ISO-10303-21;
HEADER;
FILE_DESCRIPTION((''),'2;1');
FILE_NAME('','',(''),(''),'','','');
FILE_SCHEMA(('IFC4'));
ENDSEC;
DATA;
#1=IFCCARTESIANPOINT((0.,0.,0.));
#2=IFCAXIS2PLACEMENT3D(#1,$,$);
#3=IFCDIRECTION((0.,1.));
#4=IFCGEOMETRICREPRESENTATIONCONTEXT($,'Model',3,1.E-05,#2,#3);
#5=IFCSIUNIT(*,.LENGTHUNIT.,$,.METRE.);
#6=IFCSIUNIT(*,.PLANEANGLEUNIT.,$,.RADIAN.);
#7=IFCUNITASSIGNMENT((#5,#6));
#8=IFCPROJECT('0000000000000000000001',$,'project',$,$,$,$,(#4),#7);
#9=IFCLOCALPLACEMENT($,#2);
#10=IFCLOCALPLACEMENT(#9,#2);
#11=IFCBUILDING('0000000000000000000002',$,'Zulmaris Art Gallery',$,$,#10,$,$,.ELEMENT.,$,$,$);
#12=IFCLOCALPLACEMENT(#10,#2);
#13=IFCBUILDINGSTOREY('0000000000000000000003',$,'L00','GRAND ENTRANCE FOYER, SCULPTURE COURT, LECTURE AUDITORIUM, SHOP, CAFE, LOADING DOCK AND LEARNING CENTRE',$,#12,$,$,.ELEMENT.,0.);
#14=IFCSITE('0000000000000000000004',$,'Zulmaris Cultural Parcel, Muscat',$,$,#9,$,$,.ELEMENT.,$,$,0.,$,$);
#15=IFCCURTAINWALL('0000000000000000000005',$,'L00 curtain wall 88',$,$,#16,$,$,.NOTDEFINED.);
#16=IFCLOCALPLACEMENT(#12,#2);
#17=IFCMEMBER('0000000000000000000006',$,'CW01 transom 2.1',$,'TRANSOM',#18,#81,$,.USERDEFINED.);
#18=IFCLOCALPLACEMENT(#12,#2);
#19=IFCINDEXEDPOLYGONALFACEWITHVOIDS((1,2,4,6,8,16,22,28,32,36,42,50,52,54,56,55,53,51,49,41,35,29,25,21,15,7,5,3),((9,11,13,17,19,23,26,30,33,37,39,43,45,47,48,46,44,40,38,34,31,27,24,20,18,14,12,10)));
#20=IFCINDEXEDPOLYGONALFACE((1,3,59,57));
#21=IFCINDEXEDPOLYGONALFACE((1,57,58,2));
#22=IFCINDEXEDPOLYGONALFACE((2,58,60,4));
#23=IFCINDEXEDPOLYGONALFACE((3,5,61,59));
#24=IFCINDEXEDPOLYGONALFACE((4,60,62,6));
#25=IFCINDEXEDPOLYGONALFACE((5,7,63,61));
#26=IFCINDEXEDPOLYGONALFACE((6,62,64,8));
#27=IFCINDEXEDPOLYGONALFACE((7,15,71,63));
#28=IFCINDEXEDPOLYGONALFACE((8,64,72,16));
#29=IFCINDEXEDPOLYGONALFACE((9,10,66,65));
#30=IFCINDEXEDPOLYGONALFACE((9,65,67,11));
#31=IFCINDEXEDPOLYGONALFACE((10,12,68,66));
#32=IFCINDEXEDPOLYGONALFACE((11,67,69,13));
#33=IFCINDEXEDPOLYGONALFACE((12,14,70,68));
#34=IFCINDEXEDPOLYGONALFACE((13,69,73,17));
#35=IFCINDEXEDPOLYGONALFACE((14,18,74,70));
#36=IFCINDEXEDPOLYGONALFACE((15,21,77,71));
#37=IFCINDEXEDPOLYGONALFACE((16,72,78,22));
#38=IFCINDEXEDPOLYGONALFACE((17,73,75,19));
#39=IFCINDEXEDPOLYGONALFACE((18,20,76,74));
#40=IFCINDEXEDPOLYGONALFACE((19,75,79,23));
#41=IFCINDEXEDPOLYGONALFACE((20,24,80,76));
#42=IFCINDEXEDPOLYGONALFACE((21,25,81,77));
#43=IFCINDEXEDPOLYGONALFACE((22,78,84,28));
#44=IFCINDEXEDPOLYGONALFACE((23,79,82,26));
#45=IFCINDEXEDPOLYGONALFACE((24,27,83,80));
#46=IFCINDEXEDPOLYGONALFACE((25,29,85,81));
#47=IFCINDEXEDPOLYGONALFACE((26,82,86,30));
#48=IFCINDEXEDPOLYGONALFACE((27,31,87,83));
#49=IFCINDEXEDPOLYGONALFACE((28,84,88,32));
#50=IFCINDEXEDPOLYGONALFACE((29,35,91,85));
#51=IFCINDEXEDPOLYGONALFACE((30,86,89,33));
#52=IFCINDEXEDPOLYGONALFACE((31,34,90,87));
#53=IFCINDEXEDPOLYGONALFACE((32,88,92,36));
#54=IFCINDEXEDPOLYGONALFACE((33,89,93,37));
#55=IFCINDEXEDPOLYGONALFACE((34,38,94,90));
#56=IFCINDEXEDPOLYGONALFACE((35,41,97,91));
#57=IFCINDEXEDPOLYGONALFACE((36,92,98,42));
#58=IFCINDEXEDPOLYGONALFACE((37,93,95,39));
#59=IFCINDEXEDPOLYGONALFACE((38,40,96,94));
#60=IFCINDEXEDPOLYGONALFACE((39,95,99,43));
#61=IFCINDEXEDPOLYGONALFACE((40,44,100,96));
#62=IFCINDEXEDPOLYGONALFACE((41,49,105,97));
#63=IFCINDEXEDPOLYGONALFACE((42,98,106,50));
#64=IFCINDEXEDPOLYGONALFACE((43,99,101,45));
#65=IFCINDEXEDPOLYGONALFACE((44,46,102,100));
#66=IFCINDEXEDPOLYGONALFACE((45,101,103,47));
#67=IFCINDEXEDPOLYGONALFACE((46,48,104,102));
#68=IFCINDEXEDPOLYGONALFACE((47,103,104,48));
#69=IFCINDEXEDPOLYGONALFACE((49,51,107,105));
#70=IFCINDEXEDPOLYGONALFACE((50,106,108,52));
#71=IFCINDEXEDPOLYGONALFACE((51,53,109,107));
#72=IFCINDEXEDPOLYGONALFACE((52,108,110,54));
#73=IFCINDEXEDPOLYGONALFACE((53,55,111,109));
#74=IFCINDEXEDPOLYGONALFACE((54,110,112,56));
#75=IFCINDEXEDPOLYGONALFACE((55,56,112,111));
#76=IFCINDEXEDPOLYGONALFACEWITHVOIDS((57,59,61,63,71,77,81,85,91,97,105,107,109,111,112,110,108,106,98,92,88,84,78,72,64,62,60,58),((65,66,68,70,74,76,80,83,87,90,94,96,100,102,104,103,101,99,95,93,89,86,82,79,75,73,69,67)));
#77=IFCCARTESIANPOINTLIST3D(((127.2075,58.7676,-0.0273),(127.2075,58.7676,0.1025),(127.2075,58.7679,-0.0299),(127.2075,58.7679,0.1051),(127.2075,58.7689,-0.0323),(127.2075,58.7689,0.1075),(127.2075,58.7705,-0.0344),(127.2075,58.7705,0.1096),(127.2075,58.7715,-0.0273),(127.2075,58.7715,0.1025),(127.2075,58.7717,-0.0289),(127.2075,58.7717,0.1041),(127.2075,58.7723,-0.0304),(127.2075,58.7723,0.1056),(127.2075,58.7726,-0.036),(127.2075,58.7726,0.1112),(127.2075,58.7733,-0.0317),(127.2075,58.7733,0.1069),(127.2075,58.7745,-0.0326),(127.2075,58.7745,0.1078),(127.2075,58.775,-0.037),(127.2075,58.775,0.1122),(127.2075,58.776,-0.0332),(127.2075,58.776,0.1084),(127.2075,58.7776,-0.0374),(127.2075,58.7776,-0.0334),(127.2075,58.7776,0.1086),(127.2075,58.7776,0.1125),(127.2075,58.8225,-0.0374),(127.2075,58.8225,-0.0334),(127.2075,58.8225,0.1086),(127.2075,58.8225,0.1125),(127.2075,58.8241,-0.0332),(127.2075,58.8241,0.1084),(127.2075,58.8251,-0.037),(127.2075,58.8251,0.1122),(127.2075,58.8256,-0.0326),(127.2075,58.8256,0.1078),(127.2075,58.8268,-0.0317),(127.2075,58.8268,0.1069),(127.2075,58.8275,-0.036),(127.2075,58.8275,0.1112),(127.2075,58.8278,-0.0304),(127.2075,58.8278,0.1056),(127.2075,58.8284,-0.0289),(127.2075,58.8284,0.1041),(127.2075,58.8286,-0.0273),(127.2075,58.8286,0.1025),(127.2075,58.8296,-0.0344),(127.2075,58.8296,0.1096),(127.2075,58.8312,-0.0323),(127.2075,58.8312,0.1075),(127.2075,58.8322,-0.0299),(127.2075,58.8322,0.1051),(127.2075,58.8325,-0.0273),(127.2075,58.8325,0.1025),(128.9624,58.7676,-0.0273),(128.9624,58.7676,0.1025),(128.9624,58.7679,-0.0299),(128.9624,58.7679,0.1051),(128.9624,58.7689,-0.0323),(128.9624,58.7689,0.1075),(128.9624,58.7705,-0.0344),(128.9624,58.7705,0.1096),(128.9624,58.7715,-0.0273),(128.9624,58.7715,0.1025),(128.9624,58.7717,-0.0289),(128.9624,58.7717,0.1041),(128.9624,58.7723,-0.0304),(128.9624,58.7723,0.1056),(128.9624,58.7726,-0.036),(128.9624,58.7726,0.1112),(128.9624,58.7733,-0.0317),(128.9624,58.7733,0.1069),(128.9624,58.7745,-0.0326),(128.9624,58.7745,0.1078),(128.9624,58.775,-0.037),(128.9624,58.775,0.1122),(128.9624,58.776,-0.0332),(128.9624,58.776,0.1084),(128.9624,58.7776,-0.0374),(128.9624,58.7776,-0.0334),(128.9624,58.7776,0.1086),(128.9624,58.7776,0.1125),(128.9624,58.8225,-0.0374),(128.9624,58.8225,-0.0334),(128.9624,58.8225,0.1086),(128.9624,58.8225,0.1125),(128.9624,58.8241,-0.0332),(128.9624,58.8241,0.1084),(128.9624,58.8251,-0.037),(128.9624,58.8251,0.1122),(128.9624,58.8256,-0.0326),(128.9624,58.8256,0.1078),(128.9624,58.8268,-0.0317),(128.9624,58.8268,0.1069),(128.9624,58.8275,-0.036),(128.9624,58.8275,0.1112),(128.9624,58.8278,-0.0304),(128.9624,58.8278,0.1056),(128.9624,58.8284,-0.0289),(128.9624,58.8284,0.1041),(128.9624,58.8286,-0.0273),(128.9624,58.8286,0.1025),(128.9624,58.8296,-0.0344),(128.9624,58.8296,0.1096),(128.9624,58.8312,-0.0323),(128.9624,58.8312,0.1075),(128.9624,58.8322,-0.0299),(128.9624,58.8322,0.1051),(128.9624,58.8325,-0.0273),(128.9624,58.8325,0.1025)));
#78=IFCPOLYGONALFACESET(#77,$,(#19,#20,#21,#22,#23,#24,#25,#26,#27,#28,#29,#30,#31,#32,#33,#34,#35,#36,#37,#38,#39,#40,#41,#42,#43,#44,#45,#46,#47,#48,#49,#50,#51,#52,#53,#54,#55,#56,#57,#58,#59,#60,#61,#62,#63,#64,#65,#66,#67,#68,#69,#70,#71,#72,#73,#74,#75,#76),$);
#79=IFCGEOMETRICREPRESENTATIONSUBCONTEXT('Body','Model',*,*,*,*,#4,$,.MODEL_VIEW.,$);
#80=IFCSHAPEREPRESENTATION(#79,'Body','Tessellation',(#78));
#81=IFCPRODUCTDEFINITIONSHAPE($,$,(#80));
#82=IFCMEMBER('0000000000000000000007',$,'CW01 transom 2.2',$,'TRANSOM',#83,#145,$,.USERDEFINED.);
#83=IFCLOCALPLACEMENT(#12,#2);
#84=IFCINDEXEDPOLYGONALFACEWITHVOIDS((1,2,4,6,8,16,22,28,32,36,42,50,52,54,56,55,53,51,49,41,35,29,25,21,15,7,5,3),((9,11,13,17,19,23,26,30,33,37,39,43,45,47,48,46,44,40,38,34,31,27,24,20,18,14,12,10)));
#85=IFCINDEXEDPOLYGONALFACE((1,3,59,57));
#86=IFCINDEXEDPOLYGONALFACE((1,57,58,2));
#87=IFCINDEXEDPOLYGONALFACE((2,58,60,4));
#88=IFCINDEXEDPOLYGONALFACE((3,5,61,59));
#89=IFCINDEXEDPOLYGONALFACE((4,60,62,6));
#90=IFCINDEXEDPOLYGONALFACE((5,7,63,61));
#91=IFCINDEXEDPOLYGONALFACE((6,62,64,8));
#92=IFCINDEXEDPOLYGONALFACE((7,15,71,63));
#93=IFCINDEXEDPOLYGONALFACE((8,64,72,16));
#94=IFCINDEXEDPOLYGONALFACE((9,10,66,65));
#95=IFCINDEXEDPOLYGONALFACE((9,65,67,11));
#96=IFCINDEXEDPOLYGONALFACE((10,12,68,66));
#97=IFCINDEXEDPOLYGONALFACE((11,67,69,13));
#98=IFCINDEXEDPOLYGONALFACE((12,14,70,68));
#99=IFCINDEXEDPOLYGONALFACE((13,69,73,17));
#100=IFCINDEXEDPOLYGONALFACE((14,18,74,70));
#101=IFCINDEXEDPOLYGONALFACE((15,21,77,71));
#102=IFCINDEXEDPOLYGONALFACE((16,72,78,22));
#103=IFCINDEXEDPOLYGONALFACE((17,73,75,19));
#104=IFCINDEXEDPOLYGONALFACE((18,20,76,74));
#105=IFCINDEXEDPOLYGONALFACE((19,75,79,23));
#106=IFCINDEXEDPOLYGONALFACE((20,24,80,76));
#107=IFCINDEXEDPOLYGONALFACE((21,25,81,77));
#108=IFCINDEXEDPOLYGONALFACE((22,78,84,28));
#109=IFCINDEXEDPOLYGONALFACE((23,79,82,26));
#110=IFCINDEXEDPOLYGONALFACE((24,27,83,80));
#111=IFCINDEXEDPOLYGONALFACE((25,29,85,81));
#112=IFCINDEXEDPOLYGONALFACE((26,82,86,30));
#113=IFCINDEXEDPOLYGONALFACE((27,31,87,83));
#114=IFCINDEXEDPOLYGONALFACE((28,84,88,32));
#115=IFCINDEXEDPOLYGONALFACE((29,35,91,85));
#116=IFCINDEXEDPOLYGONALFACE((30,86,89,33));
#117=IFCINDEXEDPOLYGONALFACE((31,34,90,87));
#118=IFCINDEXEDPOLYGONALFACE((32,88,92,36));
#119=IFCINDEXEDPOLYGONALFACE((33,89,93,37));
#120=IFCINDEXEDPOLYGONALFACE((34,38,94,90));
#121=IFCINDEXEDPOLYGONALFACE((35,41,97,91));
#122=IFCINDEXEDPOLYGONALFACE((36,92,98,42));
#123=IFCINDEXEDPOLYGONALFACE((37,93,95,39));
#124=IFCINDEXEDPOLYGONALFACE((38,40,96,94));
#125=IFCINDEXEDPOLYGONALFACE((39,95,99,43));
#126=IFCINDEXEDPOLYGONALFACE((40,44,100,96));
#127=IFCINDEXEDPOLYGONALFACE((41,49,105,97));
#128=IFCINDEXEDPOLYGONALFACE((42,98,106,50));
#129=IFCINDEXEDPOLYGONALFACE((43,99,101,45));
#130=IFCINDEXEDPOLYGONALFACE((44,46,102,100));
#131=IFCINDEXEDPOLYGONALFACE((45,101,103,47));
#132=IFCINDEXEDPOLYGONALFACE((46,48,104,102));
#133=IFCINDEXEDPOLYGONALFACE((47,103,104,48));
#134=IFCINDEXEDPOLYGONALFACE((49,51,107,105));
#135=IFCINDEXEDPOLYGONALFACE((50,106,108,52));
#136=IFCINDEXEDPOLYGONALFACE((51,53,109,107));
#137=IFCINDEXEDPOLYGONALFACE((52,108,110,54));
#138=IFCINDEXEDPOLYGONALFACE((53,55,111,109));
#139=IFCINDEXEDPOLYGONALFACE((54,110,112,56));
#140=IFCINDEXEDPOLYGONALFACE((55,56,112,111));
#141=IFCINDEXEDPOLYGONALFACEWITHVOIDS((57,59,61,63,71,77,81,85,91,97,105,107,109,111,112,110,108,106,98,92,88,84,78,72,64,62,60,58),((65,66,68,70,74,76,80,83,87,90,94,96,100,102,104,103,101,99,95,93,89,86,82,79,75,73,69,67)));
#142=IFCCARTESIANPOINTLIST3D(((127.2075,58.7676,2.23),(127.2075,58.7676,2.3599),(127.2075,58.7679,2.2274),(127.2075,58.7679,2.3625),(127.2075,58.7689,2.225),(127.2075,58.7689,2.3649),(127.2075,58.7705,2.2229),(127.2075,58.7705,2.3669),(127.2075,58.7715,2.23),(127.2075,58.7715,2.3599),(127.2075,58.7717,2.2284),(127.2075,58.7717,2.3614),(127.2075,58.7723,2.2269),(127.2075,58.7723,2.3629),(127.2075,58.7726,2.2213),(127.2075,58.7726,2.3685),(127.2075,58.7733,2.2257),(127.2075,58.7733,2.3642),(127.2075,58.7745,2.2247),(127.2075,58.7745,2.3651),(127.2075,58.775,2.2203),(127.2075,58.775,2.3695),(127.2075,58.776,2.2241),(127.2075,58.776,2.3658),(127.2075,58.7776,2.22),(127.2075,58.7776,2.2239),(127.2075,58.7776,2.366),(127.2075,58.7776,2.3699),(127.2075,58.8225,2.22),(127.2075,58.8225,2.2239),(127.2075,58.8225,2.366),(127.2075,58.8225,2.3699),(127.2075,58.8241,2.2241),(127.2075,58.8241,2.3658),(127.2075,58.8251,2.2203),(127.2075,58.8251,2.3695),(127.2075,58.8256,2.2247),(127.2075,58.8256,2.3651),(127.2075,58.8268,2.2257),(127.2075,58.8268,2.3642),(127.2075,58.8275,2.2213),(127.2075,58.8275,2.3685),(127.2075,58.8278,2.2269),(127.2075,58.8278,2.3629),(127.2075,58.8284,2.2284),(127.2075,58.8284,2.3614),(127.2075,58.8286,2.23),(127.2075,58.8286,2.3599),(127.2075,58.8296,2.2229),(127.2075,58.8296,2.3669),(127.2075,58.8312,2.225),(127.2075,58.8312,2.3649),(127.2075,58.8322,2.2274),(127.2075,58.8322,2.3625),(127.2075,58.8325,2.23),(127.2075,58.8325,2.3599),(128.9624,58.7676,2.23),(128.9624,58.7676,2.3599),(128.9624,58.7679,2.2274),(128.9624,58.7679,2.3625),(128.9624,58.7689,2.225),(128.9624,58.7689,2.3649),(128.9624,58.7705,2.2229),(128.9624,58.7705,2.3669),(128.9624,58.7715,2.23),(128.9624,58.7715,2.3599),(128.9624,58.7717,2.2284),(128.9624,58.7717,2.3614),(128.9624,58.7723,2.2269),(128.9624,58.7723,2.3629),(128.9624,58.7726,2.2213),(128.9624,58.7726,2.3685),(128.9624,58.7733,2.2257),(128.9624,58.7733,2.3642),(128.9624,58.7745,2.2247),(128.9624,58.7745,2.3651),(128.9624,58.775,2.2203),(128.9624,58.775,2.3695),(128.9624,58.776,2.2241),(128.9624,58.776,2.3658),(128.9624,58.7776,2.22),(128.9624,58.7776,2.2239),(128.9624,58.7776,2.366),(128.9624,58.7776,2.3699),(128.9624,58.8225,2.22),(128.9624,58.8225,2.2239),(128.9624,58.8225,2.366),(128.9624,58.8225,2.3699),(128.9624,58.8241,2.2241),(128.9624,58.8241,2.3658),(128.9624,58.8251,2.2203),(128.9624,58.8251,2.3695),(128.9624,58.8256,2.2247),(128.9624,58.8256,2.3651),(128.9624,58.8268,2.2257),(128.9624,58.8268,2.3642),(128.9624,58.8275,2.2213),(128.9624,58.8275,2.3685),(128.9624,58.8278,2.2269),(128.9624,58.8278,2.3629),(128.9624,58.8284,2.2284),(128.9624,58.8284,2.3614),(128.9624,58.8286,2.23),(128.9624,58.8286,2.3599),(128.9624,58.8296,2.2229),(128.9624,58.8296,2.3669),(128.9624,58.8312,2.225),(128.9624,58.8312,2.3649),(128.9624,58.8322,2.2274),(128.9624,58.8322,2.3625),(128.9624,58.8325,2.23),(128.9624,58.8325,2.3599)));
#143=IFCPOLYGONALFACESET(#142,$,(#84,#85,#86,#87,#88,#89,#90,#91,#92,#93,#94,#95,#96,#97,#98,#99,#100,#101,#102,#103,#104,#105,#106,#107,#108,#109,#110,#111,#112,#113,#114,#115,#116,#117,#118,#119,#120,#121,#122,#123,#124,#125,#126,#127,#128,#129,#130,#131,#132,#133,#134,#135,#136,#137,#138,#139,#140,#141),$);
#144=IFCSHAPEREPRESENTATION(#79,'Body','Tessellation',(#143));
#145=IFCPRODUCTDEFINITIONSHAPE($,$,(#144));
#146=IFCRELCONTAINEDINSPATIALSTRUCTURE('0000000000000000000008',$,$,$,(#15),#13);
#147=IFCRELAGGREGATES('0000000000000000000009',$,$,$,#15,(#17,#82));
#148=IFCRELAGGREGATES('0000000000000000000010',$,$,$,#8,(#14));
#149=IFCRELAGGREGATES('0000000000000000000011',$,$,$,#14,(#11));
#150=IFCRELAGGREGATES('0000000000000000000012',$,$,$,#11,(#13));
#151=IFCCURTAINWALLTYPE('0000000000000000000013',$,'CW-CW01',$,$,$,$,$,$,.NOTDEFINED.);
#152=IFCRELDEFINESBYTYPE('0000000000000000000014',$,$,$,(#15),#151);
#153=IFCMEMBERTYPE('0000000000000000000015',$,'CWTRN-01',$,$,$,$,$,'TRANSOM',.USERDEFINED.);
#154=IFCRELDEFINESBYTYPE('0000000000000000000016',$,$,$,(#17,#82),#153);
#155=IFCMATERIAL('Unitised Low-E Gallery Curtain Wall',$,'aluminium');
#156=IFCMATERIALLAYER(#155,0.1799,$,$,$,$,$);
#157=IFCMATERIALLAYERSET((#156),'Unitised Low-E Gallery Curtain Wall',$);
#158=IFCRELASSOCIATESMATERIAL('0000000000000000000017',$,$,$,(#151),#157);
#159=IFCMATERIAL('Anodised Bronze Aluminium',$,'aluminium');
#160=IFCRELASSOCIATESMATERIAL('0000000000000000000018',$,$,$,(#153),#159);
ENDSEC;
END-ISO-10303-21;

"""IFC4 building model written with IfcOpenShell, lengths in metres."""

from ifc_helpers import new_model, si_unit, direction, frame, origin, origin_2d, place, context, subcontext, project, spatial, hollow_rectangle, extrude, material, layer, layer_set, material_profile, profile_set, type_object, element, aggregate, save


model = new_model("IFC4")

# Units and contexts
model_context = context("Model", 3, precision=1e-05, world=origin(), true_north=direction((0.0, 1.0)))
body_context = subcontext(model_context, "Body", "Model", "MODEL_VIEW")
ifc_project = project(units=[si_unit("LENGTHUNIT", "METRE"), si_unit("PLANEANGLEUNIT", "RADIAN")], contexts=[model_context])

# Site, building, storey
site_placement = place(None, origin())
site = spatial("IfcSite", under=ifc_project, at=site_placement, Name="Zulmaris Cultural Parcel, Muscat", CompositionType="ELEMENT", RefElevation=0.0)
building_placement = place(site_placement, origin())
building = spatial("IfcBuilding", under=site, at=building_placement, Name="Zulmaris Art Gallery", CompositionType="ELEMENT")
storey_placement = place(building_placement, origin())
storey = spatial("IfcBuildingStorey", under=building, at=storey_placement, Name="L00", Description="GRAND ENTRANCE FOYER, SCULPTURE COURT, LECTURE AUDITORIUM, SHOP, CAFE, LOADING DOCK AND LEARNING CENTRE", CompositionType="ELEMENT", Elevation=0.0)

# Curtain wall
ifc_material_1 = material(Name="Unitised Low-E Gallery Curtain Wall", Category="aluminium")
ifc_layer_1 = layer(ifc_material_1, 0.1799)
ifc_layer_set_1 = layer_set([ifc_layer_1], Name="Unitised Low-E Gallery Curtain Wall")
curtain_wall_type = type_object("IfcCurtainWallType", Name="CW-CW01", PredefinedType="NOTDEFINED", material=ifc_layer_set_1)
curtain_wall_1_placement = place(storey_placement, origin())
curtain_wall_1 = element("IfcCurtainWall", 1, at=curtain_wall_1_placement, inside=storey, type_object=curtain_wall_type, Name="L00 curtain wall 88", PredefinedType="NOTDEFINED")
ifc_material_2 = material(Name="Anodised Bronze Aluminium", Category="aluminium")

# Members
ifc_material_profile_1 = material_profile(ifc_material_2, hollow_rectangle(XDim=0.0649, YDim=0.1499, WallThickness=0.0039, InnerFilletRadius=0.0061, OuterFilletRadius=0.01, at=origin_2d()), Name="ALU 65x150x4")
ifc_profile_set_1 = profile_set([ifc_material_profile_1], Name="Anodised Bronze Aluminium")
member_type_1 = type_object("IfcMemberType", Name="CWTRN-01", ElementType="TRANSOM", PredefinedType="USERDEFINED", material=ifc_profile_set_1)
member_1_placement = place(storey_placement, frame((127.2075, 58.8, 0.0376), z_axis=(1.0, 0.0, 0.0), x_axis=(0.0, 1.0, 0.0)))
member_1 = element("IfcMember", 2, at=member_1_placement, type_object=member_type_1, Name="CW01 transom 2.1", ObjectType="TRANSOM", PredefinedType="USERDEFINED", context=body_context, shape_type="SweptSolid", body=[
    extrude(hollow_rectangle(XDim=0.0649, YDim=0.1499, WallThickness=0.0039, InnerFilletRadius=0.0061, OuterFilletRadius=0.01, at=origin_2d()), origin(), (0.0, 0.0, 1.0), 1.7549),
])
member_2_placement = place(storey_placement, frame((127.2075, 58.8, 2.2949), z_axis=(1.0, 0.0, 0.0), x_axis=(0.0, 1.0, 0.0)))
member_2 = element("IfcMember", 3, at=member_2_placement, type_object=member_type_1, Name="CW01 transom 2.2", ObjectType="TRANSOM", PredefinedType="USERDEFINED", context=body_context, shape_type="SweptSolid", body=[
    extrude(hollow_rectangle(XDim=0.0649, YDim=0.1499, WallThickness=0.0039, InnerFilletRadius=0.0061, OuterFilletRadius=0.01, at=origin_2d()), origin(), (0.0, 0.0, 1.0), 1.7549),
])

aggregate(curtain_wall_1, [member_1, member_2])

save(model, "model.ifc")
